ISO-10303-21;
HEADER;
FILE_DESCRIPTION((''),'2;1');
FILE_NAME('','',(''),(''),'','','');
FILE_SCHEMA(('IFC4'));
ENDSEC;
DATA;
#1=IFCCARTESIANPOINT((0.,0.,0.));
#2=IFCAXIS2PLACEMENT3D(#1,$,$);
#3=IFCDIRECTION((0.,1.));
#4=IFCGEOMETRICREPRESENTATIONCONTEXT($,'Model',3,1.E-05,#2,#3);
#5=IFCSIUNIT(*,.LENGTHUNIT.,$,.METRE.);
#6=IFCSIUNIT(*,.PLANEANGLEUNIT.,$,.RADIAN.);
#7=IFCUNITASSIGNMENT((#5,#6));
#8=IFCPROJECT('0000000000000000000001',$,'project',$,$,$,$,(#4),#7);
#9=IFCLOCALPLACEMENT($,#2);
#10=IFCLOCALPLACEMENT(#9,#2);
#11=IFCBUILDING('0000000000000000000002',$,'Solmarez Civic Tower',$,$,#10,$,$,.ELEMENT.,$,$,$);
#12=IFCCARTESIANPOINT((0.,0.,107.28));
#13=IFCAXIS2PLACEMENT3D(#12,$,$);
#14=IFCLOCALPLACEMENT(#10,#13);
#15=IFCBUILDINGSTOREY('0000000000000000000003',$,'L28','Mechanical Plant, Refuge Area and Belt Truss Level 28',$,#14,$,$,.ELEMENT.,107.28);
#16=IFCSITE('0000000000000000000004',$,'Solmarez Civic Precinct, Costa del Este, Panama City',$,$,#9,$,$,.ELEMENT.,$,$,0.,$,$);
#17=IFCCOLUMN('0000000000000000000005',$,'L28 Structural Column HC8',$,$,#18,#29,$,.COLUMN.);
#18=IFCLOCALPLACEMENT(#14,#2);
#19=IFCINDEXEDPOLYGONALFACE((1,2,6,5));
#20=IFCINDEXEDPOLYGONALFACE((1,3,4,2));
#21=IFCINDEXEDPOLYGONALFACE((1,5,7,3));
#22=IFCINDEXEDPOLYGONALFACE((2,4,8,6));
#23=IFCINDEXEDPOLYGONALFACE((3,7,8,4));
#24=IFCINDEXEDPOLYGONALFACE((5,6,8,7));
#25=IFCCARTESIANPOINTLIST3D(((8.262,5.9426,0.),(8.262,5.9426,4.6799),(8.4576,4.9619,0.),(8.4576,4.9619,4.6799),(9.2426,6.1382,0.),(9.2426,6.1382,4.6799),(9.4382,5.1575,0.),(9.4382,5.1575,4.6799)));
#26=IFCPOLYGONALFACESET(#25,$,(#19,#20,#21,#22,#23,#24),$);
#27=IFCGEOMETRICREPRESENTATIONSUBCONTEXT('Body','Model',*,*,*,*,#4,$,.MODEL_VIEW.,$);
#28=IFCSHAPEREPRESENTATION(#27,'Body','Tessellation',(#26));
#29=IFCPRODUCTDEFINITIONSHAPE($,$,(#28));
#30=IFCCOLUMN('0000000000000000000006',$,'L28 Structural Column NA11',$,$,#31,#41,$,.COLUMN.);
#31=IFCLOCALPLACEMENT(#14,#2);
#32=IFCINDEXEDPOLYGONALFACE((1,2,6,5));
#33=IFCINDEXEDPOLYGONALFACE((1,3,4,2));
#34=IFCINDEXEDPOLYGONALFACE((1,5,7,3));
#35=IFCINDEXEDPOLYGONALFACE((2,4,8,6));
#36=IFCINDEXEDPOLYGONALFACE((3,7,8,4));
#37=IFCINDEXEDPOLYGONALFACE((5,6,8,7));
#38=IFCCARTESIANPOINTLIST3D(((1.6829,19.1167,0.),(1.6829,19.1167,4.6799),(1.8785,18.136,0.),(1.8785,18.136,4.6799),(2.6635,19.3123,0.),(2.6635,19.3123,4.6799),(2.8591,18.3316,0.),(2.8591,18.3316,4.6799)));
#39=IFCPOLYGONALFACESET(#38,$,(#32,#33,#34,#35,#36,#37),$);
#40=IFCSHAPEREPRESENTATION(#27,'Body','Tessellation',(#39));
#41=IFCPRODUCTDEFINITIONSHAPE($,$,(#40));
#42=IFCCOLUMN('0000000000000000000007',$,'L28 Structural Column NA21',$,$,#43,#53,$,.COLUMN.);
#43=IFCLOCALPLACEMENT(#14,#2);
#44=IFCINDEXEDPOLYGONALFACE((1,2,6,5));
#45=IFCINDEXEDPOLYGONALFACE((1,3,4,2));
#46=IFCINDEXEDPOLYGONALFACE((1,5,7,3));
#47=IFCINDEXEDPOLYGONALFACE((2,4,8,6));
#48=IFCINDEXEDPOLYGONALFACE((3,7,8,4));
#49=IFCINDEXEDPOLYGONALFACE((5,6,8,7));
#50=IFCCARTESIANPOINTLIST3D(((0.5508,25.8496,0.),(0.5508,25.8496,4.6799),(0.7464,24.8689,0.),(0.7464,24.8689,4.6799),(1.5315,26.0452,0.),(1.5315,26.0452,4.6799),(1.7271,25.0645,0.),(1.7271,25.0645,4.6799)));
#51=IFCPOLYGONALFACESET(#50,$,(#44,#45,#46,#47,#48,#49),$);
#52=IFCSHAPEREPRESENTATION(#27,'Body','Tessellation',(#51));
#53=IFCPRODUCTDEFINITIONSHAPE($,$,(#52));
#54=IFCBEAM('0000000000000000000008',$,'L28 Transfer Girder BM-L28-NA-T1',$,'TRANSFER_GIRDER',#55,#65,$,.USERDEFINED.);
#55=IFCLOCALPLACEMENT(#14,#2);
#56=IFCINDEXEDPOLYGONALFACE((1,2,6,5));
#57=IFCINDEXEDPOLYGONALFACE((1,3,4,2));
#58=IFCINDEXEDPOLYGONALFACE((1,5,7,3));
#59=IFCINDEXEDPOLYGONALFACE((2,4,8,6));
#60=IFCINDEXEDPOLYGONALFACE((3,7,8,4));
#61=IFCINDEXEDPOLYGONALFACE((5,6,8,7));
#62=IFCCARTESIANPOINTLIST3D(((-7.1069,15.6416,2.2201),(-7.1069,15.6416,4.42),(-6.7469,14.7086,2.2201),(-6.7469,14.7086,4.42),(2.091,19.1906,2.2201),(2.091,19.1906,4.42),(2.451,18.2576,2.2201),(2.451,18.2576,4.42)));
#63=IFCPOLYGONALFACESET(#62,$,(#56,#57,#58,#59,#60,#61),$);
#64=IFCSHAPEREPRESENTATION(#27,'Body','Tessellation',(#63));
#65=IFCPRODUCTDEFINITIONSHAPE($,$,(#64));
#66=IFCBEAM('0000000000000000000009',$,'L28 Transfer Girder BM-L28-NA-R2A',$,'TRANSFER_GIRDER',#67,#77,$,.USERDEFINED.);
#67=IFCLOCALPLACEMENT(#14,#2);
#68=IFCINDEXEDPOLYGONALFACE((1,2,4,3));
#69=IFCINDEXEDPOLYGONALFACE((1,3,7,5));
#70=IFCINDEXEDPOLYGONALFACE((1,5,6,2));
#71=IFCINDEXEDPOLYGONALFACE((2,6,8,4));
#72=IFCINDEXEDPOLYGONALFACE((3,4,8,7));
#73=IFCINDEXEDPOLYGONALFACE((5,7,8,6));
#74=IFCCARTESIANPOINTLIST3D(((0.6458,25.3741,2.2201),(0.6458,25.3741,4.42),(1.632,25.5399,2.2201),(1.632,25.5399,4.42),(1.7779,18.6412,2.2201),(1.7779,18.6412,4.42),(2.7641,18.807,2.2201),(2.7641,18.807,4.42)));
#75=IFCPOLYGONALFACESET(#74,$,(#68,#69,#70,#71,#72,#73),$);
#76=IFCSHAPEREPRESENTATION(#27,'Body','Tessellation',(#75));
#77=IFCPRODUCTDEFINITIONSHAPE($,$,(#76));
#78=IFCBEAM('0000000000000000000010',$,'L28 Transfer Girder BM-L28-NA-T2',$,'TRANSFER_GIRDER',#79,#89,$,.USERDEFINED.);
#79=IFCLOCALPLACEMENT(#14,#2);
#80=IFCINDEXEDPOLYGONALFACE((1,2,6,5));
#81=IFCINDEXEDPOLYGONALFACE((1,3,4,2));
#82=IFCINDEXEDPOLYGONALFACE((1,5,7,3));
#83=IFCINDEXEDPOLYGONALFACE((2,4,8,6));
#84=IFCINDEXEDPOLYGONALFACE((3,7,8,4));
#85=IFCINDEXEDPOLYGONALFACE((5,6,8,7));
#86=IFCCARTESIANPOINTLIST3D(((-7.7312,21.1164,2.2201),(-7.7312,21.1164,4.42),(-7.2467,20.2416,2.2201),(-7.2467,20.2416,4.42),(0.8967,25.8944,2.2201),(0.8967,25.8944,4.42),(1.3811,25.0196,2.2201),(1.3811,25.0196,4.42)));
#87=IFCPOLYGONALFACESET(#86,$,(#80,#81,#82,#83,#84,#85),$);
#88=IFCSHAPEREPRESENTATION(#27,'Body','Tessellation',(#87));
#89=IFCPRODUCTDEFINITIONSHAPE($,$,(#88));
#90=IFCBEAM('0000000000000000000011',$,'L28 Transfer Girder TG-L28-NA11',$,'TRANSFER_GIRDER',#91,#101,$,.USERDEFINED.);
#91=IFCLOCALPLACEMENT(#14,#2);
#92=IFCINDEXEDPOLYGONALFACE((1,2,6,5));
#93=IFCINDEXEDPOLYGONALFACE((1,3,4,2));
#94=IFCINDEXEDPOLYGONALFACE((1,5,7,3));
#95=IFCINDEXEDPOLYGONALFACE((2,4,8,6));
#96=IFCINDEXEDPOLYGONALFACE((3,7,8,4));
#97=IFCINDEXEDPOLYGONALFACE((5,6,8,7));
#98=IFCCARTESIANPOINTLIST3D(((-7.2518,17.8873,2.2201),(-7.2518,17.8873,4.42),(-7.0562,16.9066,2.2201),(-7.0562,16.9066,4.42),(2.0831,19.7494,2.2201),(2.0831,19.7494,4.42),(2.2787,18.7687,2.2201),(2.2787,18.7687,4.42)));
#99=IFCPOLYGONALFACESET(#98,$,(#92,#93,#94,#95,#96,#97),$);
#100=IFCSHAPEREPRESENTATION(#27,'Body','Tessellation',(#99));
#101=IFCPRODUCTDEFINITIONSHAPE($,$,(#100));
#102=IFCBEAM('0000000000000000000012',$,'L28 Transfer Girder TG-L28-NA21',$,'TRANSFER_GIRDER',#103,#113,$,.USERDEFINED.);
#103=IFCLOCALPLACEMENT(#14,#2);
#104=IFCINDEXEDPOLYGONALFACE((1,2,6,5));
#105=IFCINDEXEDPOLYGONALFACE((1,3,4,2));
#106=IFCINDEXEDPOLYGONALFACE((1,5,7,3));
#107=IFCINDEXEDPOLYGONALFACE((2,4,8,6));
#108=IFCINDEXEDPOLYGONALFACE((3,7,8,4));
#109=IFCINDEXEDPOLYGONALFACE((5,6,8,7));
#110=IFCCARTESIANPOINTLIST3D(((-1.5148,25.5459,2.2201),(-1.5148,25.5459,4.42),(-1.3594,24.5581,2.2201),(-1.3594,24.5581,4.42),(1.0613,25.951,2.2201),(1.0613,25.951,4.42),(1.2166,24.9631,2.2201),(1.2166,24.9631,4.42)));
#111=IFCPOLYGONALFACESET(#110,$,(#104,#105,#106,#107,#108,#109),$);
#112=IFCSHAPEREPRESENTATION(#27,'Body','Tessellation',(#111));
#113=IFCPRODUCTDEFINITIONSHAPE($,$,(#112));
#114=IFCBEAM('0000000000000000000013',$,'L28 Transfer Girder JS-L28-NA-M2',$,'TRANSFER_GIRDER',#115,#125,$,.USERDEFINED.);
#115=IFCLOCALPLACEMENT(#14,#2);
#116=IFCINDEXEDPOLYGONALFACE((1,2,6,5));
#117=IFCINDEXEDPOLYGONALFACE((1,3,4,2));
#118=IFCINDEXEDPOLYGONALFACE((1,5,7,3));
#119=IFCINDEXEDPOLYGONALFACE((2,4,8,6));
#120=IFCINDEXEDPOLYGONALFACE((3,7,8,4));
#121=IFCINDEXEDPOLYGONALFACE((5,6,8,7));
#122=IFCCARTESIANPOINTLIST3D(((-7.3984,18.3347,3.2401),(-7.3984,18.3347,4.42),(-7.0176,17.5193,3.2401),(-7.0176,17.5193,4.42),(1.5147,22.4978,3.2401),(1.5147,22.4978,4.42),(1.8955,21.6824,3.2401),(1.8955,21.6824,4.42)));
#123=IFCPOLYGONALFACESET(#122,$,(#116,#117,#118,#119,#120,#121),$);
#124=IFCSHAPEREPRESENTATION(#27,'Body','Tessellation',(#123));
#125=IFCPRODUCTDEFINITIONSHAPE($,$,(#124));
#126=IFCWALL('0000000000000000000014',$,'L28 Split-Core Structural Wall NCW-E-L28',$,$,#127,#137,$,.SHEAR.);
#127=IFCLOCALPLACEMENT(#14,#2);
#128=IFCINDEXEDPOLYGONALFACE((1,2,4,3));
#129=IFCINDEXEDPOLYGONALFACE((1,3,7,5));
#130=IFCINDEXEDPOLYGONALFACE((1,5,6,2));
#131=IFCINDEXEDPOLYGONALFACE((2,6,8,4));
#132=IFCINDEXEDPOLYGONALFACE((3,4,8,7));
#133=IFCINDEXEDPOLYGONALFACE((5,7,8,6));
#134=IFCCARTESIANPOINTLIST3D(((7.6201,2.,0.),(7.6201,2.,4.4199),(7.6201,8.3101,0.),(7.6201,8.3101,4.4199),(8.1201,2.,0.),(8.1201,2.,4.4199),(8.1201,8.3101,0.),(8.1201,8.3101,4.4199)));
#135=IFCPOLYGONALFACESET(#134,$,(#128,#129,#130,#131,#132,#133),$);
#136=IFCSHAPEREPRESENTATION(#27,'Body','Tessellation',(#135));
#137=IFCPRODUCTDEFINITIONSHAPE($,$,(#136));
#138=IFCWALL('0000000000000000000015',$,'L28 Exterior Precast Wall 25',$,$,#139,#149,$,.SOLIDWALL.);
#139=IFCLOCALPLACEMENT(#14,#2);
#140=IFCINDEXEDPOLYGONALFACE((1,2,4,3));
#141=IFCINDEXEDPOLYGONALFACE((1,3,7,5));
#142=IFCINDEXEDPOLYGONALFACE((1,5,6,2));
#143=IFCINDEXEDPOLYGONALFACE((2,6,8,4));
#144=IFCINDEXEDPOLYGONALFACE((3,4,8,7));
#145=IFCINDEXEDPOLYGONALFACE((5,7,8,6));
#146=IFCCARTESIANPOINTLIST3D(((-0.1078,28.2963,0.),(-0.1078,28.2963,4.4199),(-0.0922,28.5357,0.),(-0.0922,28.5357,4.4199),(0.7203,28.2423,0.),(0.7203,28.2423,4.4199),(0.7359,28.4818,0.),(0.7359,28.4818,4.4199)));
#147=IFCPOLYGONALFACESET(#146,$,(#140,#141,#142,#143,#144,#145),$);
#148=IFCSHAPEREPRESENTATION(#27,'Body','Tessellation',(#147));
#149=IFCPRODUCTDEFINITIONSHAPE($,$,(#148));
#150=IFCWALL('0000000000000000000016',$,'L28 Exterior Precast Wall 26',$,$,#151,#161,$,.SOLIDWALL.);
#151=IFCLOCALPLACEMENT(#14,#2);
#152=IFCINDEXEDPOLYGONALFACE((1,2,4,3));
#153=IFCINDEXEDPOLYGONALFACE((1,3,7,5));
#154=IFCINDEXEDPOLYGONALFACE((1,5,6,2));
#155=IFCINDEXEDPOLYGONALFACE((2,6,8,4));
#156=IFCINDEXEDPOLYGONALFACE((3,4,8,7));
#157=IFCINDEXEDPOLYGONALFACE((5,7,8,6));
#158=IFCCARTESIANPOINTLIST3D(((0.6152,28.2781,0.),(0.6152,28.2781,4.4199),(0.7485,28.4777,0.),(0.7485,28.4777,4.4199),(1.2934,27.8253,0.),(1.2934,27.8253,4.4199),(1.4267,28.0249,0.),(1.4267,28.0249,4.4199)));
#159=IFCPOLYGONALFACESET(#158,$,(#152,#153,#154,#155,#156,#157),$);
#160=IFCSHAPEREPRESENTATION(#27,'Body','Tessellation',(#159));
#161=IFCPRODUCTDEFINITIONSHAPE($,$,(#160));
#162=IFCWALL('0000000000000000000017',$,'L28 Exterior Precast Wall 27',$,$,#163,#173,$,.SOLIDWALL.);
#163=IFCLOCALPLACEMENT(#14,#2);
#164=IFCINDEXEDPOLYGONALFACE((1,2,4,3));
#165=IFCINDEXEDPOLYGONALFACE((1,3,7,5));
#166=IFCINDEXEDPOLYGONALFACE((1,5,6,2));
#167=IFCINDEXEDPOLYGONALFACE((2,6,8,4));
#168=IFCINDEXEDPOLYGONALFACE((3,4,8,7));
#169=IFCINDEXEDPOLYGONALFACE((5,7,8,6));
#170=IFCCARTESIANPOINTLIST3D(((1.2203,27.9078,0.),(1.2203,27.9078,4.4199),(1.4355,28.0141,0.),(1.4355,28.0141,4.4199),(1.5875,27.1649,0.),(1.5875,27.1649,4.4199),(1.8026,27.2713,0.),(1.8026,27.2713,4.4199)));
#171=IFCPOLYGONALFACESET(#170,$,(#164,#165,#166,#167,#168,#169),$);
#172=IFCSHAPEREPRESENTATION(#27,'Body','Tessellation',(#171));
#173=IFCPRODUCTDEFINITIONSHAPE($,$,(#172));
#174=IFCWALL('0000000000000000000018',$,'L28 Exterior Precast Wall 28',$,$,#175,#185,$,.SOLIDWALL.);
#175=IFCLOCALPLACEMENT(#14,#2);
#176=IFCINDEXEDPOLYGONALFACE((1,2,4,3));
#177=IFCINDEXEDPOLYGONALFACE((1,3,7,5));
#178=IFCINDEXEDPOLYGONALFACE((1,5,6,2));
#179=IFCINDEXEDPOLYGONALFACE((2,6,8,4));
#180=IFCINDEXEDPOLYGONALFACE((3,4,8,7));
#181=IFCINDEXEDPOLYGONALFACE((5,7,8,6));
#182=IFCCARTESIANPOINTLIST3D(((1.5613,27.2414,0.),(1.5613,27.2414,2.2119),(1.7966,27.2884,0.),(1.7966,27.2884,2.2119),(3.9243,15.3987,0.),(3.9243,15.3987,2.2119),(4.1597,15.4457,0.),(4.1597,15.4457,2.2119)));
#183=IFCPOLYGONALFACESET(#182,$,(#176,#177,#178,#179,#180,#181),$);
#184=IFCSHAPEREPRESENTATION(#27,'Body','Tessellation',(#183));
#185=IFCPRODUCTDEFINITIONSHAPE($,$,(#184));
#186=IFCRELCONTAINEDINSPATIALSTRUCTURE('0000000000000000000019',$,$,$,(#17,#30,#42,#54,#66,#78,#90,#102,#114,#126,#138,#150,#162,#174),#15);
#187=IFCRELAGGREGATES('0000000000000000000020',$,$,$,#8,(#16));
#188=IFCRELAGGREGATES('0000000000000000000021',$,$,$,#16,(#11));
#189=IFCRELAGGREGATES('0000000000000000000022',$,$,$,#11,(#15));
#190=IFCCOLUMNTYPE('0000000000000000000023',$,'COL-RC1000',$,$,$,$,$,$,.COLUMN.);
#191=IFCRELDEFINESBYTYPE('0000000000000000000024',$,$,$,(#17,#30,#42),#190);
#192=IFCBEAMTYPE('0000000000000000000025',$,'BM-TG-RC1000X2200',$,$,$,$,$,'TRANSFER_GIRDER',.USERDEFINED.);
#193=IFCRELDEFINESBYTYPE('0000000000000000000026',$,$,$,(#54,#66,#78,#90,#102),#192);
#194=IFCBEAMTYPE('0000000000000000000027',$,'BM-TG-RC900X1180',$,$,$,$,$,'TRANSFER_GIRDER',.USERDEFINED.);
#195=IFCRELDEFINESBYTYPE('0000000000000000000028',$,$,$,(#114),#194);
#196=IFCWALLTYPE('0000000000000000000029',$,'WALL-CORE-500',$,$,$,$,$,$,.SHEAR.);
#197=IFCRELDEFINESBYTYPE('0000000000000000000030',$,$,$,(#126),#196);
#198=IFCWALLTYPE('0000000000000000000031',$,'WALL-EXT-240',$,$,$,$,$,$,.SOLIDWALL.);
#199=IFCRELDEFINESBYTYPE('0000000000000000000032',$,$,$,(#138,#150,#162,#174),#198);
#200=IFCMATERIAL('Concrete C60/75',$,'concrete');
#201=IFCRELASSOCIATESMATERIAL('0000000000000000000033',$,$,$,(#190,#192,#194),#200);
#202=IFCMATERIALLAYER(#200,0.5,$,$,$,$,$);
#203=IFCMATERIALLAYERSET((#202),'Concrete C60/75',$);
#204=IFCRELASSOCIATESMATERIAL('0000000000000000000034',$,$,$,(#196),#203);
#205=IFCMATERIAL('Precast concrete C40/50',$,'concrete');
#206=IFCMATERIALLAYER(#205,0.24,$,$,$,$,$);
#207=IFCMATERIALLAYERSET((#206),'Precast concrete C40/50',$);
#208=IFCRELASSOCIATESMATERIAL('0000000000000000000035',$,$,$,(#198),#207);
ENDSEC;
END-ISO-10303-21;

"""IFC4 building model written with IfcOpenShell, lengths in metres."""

from ifc_helpers import new_model, si_unit, direction, frame, frame_2d, origin, origin_2d, place, context, subcontext, project, spatial, rectangle, extrude, material, layer, layer_set, material_profile, profile_set, type_object, element, save


model = new_model("IFC4")

# Units and contexts
model_context = context("Model", 3, precision=1e-05, world=origin(), true_north=direction((0.0, 1.0)))
body_context = subcontext(model_context, "Body", "Model", "MODEL_VIEW")
ifc_project = project(units=[si_unit("LENGTHUNIT", "METRE"), si_unit("PLANEANGLEUNIT", "RADIAN")], contexts=[model_context])

# Site, building, storey
site_placement = place(None, origin())
site = spatial("IfcSite", under=ifc_project, at=site_placement, Name="Solmarez Civic Precinct, Costa del Este, Panama City", CompositionType="ELEMENT", RefElevation=0.0)
building_placement = place(site_placement, origin())
building = spatial("IfcBuilding", under=site, at=building_placement, Name="Solmarez Civic Tower", CompositionType="ELEMENT")
storey_placement = place(building_placement, frame((0.0, 0.0, 107.28)))
storey = spatial("IfcBuildingStorey", under=building, at=storey_placement, Name="L28", Description="Mechanical Plant, Refuge Area and Belt Truss Level 28", CompositionType="ELEMENT", Elevation=107.28)

# Columns
ifc_material_1 = material(Name="Concrete C60/75", Category="concrete")
ifc_material_profile_1 = material_profile(ifc_material_1, rectangle(XDim=1.0, YDim=1.0, at=origin_2d()), Name="RC1000X1000")
ifc_profile_set_1 = profile_set([ifc_material_profile_1], Name="Concrete C60/75")
column_type = type_object("IfcColumnType", Name="COL-RC1000", PredefinedType="COLUMN", material=ifc_profile_set_1)
for number, where, z_axis, x_axis, name in (
    (1, (8.8501, 5.55, 0.0), (0.0, 0.0, 1.0), (0.980683, 0.195604, 0.0), "L28 Structural Column HC8"),
    (2, (2.271, 18.7241, 0.0), (0.0, 0.0, 1.0), (0.980683, 0.195604, 0.0), "L28 Structural Column NA11"),
    (3, (1.1389, 25.457, 0.0), (0.0, 0.0, 1.0), (0.980683, 0.195604, 0.0), "L28 Structural Column NA21"),
):
    element("IfcColumn", number, at=place(storey_placement, frame(where, z_axis=z_axis, x_axis=x_axis)), inside=storey, type_object=column_type, Name=name, PredefinedType="COLUMN", context=body_context, shape_type="SweptSolid", body=[
        extrude(rectangle(XDim=1.0, YDim=1.0, at=origin_2d()), origin(), (0.0, 0.0, 1.0), 4.6799),
    ])

# Beams
ifc_material_profile_2 = material_profile(ifc_material_1, rectangle(XDim=1.0, YDim=2.2, at=origin_2d()), Name="RC1000X2200")
ifc_profile_set_2 = profile_set([ifc_material_profile_2], Name="Concrete C60/75")
beam_type_1 = type_object("IfcBeamType", Name="BM-TG-RC1000X2200", ElementType="TRANSFER_GIRDER", PredefinedType="USERDEFINED", material=ifc_profile_set_2)
beam_1_placement = place(storey_placement, frame((2.271, 18.7241, 3.3201), z_axis=(-0.932958, -0.359984, 0.0), x_axis=(0.359984, -0.932958, 0.0)))
element("IfcBeam", 4, at=beam_1_placement, inside=storey, type_object=beam_type_1, Name="L28 Transfer Girder BM-L28-NA-T1", ObjectType="TRANSFER_GIRDER", PredefinedType="USERDEFINED", context=body_context, shape_type="SweptSolid", body=[
    extrude(rectangle(XDim=1.0, YDim=2.2, at=origin_2d()), origin(), (0.0, 0.0, 1.0), 9.8589),
])
beam_2_placement = place(storey_placement, frame((2.271, 18.7241, 3.3201), z_axis=(-0.165814, 0.986157, 0.0), x_axis=(-0.986157, -0.165814, 0.0)))
element("IfcBeam", 5, at=beam_2_placement, inside=storey, type_object=beam_type_1, Name="L28 Transfer Girder BM-L28-NA-R2A", ObjectType="TRANSFER_GIRDER", PredefinedType="USERDEFINED", context=body_context, shape_type="SweptSolid", body=[
    extrude(rectangle(XDim=1.0, YDim=2.2, at=origin_2d()), origin(), (0.0, 0.0, 1.0), 6.8274),
])
beam_3_placement = place(storey_placement, frame((1.1389, 25.457, 3.3201), z_axis=(-0.874812, -0.484463, 0.0), x_axis=(0.484463, -0.874812, 0.0)))
element("IfcBeam", 6, at=beam_3_placement, inside=storey, type_object=beam_type_1, Name="L28 Transfer Girder BM-L28-NA-T2", ObjectType="TRANSFER_GIRDER", PredefinedType="USERDEFINED", context=body_context, shape_type="SweptSolid", body=[
    extrude(rectangle(XDim=1.0, YDim=2.2, at=origin_2d()), origin(), (0.0, 0.0, 1.0), 9.8625),
])
beam_4_placement = place(storey_placement, frame((2.1809, 19.259, 3.3201), z_axis=(-0.98068, -0.195618, 0.0), x_axis=(0.195618, -0.98068, 0.0)))
element("IfcBeam", 7, at=beam_4_placement, inside=storey, type_object=beam_type_1, Name="L28 Transfer Girder TG-L28-NA11", ObjectType="TRANSFER_GIRDER", PredefinedType="USERDEFINED", context=body_context, shape_type="SweptSolid", body=[
    extrude(rectangle(XDim=1.0, YDim=2.2, at=origin_2d()), origin(), (0.0, 0.0, 1.0), 9.5188),
])
beam_5_placement = place(storey_placement, frame((1.1389, 25.457, 3.3201), z_axis=(-0.987863, -0.155328, 0.0), x_axis=(0.155328, -0.987863, 0.0)))
element("IfcBeam", 8, at=beam_5_placement, inside=storey, type_object=beam_type_1, Name="L28 Transfer Girder TG-L28-NA21", ObjectType="TRANSFER_GIRDER", PredefinedType="USERDEFINED", context=body_context, shape_type="SweptSolid", body=[
    extrude(rectangle(XDim=1.0, YDim=2.2, at=origin_2d()), origin(), (0.0, 0.0, 1.0), 2.6077),
])
ifc_material_profile_3 = material_profile(ifc_material_1, rectangle(XDim=0.8999, YDim=1.1799, at=origin_2d()), Name="RC900X1180")
ifc_profile_set_3 = profile_set([ifc_material_profile_3], Name="Concrete C60/75")
beam_type_2 = type_object("IfcBeamType", Name="BM-TG-RC900X1180", ElementType="TRANSFER_GIRDER", PredefinedType="USERDEFINED", material=ifc_profile_set_3)
beam_6_placement = place(storey_placement, frame((1.7051, 22.0901, 3.8301), z_axis=(-0.906041, -0.42319, 0.0), x_axis=(0.42319, -0.906041, 0.0)))
element("IfcBeam", 9, at=beam_6_placement, inside=storey, type_object=beam_type_2, Name="L28 Transfer Girder JS-L28-NA-M2", ObjectType="TRANSFER_GIRDER", PredefinedType="USERDEFINED", context=body_context, shape_type="SweptSolid", body=[
    extrude(rectangle(XDim=0.8999, YDim=1.1799, at=origin_2d()), origin(), (0.0, 0.0, 1.0), 9.8374),
])

# Walls
ifc_layer_1 = layer(ifc_material_1, 0.5)
ifc_layer_set_1 = layer_set([ifc_layer_1], Name="Concrete C60/75")
wall_type_1 = type_object("IfcWallType", Name="WALL-CORE-500", PredefinedType="SHEAR", material=ifc_layer_set_1)
wall_1_placement = place(storey_placement, frame((7.8701, 8.3101, 0.0), z_axis=(0.0, 0.0, 1.0), x_axis=(0.0, -1.0, 0.0)))
element("IfcWall", 10, at=wall_1_placement, inside=storey, type_object=wall_type_1, Name="L28 Split-Core Structural Wall NCW-E-L28", PredefinedType="SHEAR", context=body_context, shape_type="SweptSolid", body=[
    extrude(rectangle(XDim=6.3101, YDim=0.5, at=frame_2d((3.155, 0.0))), origin(), (0.0, 0.0, 1.0), 4.4199),
])
ifc_material_2 = material(Name="Precast concrete C40/50", Category="concrete")
ifc_layer_2 = layer(ifc_material_2, 0.24)
ifc_layer_set_2 = layer_set([ifc_layer_2], Name="Precast concrete C40/50")
wall_type_2 = type_object("IfcWallType", Name="WALL-EXT-240", PredefinedType="SOLIDWALL", material=ifc_layer_set_2)
wall_2_placement = place(storey_placement, frame((-0.1001, 28.416, 0.0), z_axis=(0.0, 0.0, 1.0), x_axis=(0.997884, -0.065015, 0.0)))
element("IfcWall", 11, at=wall_2_placement, inside=storey, type_object=wall_type_2, Name="L28 Exterior Precast Wall 25", PredefinedType="SOLIDWALL", context=body_context, shape_type="SweptSolid", body=[
    extrude(rectangle(XDim=0.8298, YDim=0.24, at=frame_2d((0.415, 0.0))), origin(), (0.0, 0.0, 1.0), 4.4199),
])
wall_3_placement = place(storey_placement, frame((0.6819, 28.3779, 0.0), z_axis=(0.0, 0.0, 1.0), x_axis=(0.831636, -0.555322, 0.0)))
element("IfcWall", 12, at=wall_3_placement, inside=storey, type_object=wall_type_2, Name="L28 Exterior Precast Wall 26", PredefinedType="SOLIDWALL", context=body_context, shape_type="SweptSolid", body=[
    extrude(rectangle(XDim=0.8154, YDim=0.24, at=frame_2d((0.4077, 0.0))), origin(), (0.0, 0.0, 1.0), 4.4199),
])
wall_4_placement = place(storey_placement, frame((1.3279, 27.9609, 0.0), z_axis=(0.0, 0.0, 1.0), x_axis=(0.443084, -0.89648, 0.0)))
element("IfcWall", 13, at=wall_4_placement, inside=storey, type_object=wall_type_2, Name="L28 Exterior Precast Wall 27", PredefinedType="SOLIDWALL", context=body_context, shape_type="SweptSolid", body=[
    extrude(rectangle(XDim=0.8286, YDim=0.24, at=frame_2d((0.4143, 0.0))), origin(), (0.0, 0.0, 1.0), 4.4199),
])
wall_5_placement = place(storey_placement, frame((1.679, 27.2649, 0.0), z_axis=(0.0, 0.0, 1.0), x_axis=(0.195677, -0.980668, 0.0)))
element("IfcWall", 14, at=wall_5_placement, inside=storey, type_object=wall_type_2, Name="L28 Exterior Precast Wall 28", PredefinedType="SOLIDWALL", context=body_context, shape_type="SweptSolid", body=[
    extrude(rectangle(XDim=12.0762, YDim=0.24, at=frame_2d((6.0381, 0.0))), origin(), (0.0, 0.0, 1.0), 2.2119),
])

save(model, "model.ifc")
